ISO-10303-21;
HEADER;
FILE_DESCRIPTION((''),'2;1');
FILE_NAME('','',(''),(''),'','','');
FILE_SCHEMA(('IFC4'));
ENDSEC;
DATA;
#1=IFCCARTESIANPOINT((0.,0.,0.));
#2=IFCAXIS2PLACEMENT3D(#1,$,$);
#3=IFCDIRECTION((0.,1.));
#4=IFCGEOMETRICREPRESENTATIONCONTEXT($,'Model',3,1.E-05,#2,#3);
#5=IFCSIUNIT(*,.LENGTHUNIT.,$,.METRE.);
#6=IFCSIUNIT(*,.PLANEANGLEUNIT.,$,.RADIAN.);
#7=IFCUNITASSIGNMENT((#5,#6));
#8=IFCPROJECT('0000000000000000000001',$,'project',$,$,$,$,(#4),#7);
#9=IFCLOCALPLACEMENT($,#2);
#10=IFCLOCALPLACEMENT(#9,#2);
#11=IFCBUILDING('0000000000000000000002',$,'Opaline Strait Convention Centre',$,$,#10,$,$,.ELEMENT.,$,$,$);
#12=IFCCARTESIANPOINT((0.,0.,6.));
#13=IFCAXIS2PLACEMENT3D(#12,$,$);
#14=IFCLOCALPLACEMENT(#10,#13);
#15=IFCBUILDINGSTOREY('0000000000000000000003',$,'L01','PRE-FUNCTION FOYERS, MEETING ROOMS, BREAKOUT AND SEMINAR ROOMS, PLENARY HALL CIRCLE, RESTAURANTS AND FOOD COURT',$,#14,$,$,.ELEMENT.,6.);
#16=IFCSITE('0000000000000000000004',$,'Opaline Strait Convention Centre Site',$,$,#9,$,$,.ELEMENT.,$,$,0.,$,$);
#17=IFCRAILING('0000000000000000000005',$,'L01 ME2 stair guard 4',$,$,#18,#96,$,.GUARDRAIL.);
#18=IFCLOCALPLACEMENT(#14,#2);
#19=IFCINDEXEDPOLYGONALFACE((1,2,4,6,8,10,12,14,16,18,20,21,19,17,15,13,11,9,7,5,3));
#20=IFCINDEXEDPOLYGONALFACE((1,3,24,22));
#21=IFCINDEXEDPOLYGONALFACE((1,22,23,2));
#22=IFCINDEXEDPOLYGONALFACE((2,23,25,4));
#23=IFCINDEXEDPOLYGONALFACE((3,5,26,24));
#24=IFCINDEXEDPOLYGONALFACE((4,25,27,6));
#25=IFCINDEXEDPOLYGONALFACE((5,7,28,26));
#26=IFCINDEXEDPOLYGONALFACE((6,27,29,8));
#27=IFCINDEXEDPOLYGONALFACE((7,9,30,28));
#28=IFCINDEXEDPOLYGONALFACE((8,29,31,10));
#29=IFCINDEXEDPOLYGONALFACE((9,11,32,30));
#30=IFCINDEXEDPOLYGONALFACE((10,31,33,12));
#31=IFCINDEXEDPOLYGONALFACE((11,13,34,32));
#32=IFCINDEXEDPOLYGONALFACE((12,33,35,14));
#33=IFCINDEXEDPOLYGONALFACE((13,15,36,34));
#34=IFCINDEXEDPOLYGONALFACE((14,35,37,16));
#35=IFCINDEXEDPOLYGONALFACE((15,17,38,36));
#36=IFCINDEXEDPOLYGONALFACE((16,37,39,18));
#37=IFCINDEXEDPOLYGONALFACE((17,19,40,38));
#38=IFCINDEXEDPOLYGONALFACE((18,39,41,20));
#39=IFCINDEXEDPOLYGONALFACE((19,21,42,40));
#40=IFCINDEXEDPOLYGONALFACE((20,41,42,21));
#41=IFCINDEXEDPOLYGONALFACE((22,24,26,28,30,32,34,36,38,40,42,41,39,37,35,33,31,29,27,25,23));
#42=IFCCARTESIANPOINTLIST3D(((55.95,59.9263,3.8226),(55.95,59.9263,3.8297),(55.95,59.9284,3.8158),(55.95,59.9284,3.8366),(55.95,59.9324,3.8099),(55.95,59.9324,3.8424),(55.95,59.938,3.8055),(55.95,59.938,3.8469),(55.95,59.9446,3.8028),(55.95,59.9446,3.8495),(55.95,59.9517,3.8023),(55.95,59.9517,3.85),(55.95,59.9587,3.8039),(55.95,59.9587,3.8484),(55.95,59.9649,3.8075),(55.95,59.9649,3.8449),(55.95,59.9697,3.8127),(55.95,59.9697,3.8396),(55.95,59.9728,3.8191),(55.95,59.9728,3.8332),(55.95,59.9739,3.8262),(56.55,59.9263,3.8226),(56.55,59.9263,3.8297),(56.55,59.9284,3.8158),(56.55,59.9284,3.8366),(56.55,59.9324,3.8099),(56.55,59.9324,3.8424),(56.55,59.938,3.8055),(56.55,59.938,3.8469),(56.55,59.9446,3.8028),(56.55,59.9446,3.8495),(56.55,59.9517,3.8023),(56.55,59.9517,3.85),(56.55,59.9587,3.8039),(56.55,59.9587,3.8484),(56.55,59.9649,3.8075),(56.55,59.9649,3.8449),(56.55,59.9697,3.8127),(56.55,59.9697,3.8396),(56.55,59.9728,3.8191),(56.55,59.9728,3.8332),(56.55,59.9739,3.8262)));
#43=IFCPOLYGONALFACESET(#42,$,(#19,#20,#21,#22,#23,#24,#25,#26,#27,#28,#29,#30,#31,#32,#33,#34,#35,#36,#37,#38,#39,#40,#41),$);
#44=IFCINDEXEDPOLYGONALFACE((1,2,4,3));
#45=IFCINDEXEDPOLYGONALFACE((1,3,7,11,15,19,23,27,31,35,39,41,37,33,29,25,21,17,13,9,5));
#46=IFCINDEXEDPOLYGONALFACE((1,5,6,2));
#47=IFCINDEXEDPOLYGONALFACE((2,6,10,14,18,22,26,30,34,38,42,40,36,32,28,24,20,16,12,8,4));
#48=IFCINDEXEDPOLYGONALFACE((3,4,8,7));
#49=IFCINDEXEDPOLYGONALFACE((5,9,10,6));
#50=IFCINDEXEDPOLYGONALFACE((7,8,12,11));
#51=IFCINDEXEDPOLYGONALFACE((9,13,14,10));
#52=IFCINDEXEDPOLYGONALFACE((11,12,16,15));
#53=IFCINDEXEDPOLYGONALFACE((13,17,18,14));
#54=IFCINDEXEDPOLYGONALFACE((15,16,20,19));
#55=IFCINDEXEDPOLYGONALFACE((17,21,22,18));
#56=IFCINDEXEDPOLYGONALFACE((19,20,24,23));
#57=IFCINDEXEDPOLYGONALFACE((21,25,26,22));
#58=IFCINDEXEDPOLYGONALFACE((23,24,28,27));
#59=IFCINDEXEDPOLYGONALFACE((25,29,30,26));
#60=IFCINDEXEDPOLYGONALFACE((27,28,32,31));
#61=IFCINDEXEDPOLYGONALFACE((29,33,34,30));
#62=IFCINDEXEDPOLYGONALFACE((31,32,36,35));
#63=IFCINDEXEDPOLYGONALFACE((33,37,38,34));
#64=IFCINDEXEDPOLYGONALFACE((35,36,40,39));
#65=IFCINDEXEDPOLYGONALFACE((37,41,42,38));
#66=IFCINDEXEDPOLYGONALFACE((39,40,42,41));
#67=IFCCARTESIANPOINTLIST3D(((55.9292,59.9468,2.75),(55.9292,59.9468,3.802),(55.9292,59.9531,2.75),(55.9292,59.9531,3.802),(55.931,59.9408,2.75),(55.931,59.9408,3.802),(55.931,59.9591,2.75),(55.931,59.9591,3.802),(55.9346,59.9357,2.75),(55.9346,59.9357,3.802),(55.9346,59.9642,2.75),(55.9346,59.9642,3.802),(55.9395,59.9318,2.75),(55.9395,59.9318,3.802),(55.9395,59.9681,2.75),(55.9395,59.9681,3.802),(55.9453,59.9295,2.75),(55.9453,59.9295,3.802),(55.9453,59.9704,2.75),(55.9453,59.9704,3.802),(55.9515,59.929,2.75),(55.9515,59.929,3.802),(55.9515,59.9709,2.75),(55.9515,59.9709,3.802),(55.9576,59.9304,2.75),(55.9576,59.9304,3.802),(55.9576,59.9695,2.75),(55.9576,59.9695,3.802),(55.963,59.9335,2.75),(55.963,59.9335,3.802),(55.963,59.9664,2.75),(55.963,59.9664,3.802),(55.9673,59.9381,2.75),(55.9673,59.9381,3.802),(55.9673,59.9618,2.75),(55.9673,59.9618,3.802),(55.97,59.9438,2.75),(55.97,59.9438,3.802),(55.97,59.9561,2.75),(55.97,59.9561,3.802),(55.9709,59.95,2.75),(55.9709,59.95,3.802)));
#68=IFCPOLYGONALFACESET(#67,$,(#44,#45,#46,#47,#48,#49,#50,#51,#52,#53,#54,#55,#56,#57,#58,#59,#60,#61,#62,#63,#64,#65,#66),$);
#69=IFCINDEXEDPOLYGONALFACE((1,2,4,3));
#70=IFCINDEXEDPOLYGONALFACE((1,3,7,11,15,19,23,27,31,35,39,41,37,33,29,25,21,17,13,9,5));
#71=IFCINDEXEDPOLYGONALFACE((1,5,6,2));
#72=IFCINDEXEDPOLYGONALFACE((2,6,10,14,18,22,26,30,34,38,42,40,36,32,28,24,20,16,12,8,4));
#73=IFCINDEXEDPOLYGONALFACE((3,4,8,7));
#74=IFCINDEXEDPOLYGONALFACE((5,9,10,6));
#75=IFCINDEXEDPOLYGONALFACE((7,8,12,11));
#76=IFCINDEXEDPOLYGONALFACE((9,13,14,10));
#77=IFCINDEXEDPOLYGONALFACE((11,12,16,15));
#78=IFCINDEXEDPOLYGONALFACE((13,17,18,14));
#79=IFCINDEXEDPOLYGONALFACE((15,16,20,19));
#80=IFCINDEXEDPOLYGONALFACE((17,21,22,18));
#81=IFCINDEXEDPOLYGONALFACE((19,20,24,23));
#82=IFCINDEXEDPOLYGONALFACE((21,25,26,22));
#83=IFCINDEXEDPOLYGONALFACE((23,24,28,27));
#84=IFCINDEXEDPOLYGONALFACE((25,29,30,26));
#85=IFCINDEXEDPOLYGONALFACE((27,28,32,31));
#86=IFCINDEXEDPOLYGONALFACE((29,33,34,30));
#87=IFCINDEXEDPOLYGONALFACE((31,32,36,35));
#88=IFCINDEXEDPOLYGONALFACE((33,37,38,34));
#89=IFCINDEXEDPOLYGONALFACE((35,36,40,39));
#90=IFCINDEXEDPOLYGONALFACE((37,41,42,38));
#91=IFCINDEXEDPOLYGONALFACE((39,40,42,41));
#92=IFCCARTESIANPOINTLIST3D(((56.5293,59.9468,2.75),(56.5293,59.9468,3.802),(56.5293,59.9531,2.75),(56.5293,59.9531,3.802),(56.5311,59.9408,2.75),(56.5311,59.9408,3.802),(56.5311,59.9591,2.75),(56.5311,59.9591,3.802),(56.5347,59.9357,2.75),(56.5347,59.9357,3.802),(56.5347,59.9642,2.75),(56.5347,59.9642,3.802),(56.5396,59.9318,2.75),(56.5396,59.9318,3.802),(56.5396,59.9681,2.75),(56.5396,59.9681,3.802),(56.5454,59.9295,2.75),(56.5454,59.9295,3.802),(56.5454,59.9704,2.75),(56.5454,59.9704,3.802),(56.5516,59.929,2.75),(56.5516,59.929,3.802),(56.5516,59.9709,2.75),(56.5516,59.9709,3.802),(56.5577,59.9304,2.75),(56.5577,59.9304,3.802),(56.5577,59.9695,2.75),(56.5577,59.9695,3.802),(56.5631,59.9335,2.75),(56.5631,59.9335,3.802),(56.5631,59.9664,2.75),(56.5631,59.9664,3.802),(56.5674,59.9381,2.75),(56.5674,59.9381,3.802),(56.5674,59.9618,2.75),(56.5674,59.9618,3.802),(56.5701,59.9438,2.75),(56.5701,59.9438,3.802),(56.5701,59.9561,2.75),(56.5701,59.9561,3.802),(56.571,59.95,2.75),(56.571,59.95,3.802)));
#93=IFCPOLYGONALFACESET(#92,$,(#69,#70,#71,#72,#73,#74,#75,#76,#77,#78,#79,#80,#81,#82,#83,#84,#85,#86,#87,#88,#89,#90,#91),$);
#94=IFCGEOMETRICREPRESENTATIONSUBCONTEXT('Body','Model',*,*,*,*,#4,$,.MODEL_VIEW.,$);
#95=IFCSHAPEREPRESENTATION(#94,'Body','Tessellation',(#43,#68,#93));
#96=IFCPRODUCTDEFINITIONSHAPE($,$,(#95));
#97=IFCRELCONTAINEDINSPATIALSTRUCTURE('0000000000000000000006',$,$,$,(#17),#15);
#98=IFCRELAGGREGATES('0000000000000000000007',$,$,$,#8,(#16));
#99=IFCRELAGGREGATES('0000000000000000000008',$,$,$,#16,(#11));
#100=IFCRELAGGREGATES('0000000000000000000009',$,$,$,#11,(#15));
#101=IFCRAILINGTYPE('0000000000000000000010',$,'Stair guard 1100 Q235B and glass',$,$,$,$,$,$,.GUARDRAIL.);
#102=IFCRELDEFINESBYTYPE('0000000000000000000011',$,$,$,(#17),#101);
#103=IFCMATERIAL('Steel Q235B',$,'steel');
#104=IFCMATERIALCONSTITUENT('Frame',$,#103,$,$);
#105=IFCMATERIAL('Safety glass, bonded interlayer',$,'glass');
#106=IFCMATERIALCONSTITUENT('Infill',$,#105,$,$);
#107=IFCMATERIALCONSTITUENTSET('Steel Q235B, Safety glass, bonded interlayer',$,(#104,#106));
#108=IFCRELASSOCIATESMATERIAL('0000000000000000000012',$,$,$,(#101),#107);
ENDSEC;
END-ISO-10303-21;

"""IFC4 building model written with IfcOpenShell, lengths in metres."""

from ifc_helpers import new_model, si_unit, direction, frame, origin, origin_2d, place, context, subcontext, project, spatial, circle, extrude, material, constituent, constituent_set, type_object, element, save


model = new_model("IFC4")

# Units and contexts
model_context = context("Model", 3, precision=1e-05, world=origin(), true_north=direction((0.0, 1.0)))
body_context = subcontext(model_context, "Body", "Model", "MODEL_VIEW")
ifc_project = project(units=[si_unit("LENGTHUNIT", "METRE"), si_unit("PLANEANGLEUNIT", "RADIAN")], contexts=[model_context])

# Site, building, storey
site_placement = place(None, origin())
site = spatial("IfcSite", under=ifc_project, at=site_placement, Name="Opaline Strait Convention Centre Site", CompositionType="ELEMENT", RefElevation=0.0)
building_placement = place(site_placement, origin())
building = spatial("IfcBuilding", under=site, at=building_placement, Name="Opaline Strait Convention Centre", CompositionType="ELEMENT")
storey_placement = place(building_placement, frame((0.0, 0.0, 6.0)))
storey = spatial("IfcBuildingStorey", under=building, at=storey_placement, Name="L01", Description="PRE-FUNCTION FOYERS, MEETING ROOMS, BREAKOUT AND SEMINAR ROOMS, PLENARY HALL CIRCLE, RESTAURANTS AND FOOD COURT", CompositionType="ELEMENT", Elevation=6.0)

# Railing
ifc_material_1 = material(Name="Steel Q235B", Category="steel")
ifc_constituent_1 = constituent(ifc_material_1, Name="Frame")
ifc_material_2 = material(Name="Safety glass, bonded interlayer", Category="glass")
ifc_constituent_2 = constituent(ifc_material_2, Name="Infill")
ifc_constituent_set = constituent_set(constituents=[ifc_constituent_1, ifc_constituent_2], Name="Steel Q235B, Safety glass, bonded interlayer")
railing_type_1 = type_object("IfcRailingType", Name="Stair guard 1100 Q235B and glass", PredefinedType="GUARDRAIL", material=ifc_constituent_set)
railing_1_placement = place(storey_placement, frame((55.95, 59.95, 2.75)))
element("IfcRailing", 1, at=railing_1_placement, inside=storey, type_object=railing_type_1, Name="L01 ME2 stair guard 4", PredefinedType="GUARDRAIL", context=body_context, shape_type="SweptSolid", body=[
    extrude(circle(Radius=0.0239, at=origin_2d()), frame((0.0, 0.0, 1.0762), z_axis=(1.0, 0.0, 0.0), x_axis=(0.0, 1.0, 0.0)), (0.0, 0.0, 1.0), 0.6001),
    extrude(circle(Radius=0.021, at=origin_2d()), origin(), (0.0, 0.0, 1.0), 1.052),
    extrude(circle(Radius=0.021, at=origin_2d()), frame((0.6001, 0.0, 0.0)), (0.0, 0.0, 1.0), 1.052),
])

save(model, "model.ifc")
